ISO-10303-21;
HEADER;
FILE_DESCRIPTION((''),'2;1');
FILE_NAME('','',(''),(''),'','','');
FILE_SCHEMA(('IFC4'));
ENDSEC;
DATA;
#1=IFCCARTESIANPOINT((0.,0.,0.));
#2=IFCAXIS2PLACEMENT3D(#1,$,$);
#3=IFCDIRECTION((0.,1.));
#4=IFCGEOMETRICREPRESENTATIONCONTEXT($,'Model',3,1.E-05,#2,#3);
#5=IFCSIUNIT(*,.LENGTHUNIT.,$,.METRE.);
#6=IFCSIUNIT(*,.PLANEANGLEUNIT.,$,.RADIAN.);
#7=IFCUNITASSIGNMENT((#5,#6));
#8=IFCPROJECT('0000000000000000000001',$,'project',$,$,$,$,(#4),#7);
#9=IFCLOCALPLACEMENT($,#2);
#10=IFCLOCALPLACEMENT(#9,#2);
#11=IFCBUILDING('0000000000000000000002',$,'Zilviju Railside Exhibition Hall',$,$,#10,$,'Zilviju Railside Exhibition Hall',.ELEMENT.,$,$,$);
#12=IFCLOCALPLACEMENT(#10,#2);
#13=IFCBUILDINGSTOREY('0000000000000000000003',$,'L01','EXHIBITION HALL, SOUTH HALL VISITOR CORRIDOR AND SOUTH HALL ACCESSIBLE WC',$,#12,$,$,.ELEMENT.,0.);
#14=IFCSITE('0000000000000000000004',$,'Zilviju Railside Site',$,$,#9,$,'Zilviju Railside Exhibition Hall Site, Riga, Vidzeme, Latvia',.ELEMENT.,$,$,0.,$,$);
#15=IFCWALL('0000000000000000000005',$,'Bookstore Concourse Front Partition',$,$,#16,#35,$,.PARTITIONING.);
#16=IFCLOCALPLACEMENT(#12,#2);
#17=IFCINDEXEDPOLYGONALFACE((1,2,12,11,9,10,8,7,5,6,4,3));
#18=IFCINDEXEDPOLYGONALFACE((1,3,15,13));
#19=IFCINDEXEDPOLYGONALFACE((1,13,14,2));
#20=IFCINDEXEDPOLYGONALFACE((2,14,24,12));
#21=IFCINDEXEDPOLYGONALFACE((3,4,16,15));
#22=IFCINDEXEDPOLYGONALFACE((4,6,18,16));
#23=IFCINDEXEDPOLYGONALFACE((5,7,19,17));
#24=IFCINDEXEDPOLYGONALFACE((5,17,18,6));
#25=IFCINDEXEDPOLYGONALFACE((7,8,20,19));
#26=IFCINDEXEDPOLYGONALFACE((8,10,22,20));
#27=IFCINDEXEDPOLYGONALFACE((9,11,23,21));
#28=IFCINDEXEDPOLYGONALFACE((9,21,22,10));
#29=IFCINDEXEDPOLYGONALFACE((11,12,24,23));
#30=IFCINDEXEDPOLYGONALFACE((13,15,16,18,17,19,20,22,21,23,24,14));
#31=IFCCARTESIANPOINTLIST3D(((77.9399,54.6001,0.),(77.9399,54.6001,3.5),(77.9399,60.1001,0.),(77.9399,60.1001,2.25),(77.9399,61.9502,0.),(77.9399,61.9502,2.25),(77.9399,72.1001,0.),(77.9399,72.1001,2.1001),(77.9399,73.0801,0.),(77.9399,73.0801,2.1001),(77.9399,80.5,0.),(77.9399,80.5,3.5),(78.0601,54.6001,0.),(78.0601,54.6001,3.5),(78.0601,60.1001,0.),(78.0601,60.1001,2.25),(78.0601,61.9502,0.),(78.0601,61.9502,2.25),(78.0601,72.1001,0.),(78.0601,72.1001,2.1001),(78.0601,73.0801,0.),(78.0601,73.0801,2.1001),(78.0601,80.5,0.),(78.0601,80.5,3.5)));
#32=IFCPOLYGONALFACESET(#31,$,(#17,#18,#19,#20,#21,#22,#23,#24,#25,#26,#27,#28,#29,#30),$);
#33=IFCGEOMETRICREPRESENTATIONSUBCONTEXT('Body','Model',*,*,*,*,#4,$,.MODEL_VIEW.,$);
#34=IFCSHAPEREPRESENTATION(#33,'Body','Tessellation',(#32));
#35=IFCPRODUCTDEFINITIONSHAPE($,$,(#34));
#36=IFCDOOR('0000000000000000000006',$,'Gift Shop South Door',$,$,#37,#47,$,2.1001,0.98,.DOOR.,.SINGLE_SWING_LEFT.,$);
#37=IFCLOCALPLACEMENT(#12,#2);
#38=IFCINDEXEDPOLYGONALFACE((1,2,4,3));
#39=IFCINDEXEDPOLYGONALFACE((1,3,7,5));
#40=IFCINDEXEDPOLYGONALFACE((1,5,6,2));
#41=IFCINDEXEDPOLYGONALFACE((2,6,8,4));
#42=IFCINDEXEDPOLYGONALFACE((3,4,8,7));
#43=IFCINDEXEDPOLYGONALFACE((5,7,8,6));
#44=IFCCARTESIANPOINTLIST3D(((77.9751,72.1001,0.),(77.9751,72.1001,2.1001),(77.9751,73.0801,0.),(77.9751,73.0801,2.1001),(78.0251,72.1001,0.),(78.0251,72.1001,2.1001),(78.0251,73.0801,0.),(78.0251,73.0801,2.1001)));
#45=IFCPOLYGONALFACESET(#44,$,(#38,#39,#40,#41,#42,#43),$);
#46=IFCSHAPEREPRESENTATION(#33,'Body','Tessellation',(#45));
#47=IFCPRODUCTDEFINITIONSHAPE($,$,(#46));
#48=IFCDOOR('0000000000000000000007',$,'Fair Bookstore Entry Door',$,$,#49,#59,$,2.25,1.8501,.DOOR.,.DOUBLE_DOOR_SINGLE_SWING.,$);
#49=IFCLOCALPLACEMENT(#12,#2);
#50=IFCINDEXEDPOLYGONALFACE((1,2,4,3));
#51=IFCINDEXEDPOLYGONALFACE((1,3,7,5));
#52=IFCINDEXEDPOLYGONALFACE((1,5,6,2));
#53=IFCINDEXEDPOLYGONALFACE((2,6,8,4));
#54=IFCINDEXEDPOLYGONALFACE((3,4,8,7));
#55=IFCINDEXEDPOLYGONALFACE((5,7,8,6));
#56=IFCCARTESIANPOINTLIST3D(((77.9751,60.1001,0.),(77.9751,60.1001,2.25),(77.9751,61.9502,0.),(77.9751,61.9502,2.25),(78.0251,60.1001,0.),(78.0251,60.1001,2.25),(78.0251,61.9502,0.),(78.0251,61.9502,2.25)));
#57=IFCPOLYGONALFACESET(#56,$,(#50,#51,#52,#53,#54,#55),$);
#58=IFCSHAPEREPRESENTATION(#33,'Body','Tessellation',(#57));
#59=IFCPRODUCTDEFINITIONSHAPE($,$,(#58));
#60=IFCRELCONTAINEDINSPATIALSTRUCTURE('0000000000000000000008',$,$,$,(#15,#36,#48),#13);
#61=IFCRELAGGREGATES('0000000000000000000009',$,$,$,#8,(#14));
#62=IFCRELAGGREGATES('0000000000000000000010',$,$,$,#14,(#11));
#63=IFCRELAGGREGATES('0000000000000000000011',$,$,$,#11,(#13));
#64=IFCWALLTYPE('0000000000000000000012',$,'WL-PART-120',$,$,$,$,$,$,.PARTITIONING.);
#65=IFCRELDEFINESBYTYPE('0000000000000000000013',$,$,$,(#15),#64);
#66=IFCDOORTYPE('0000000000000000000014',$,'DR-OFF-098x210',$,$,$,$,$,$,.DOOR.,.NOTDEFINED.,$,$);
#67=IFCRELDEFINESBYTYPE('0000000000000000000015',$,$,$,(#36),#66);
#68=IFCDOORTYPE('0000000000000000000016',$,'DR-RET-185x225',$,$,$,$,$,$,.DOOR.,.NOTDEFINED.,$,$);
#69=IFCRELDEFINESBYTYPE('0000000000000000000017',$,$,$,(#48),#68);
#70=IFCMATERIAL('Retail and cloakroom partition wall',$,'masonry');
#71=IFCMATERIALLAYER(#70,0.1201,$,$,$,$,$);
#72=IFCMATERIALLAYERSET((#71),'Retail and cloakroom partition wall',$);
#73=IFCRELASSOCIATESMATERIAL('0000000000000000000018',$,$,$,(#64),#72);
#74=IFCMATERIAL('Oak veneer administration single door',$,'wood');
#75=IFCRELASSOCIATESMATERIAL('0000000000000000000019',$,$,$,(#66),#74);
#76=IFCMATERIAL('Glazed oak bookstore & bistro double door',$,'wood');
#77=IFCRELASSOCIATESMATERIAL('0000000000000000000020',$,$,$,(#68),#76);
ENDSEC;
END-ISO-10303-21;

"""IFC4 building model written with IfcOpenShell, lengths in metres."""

from ifc_helpers import new_model, si_unit, direction, frame, frame_2d, origin, place, context, subcontext, project, spatial, rectangle, extrude, material, layer, layer_set, type_object, element, fill, save


model = new_model("IFC4")

# Units and contexts
model_context = context("Model", 3, precision=1e-05, world=origin(), true_north=direction((0.0, 1.0)))
body_context = subcontext(model_context, "Body", "Model", "MODEL_VIEW")
ifc_project = project(units=[si_unit("LENGTHUNIT", "METRE"), si_unit("PLANEANGLEUNIT", "RADIAN")], contexts=[model_context])

# Site, building, storey
site_placement = place(None, origin())
site = spatial("IfcSite", under=ifc_project, at=site_placement, Name="Zilviju Railside Site", LongName="Zilviju Railside Exhibition Hall Site, Riga, Vidzeme, Latvia", CompositionType="ELEMENT", RefElevation=0.0)
building_placement = place(site_placement, origin())
building = spatial("IfcBuilding", under=site, at=building_placement, Name="Zilviju Railside Exhibition Hall", LongName="Zilviju Railside Exhibition Hall", CompositionType="ELEMENT")
storey_placement = place(building_placement, origin())
storey = spatial("IfcBuildingStorey", under=building, at=storey_placement, Name="L01", Description="EXHIBITION HALL, SOUTH HALL VISITOR CORRIDOR AND SOUTH HALL ACCESSIBLE WC", CompositionType="ELEMENT", Elevation=0.0)

# Wall, openings, doors
ifc_material_1 = material(Name="Retail and cloakroom partition wall", Category="masonry")
ifc_layer = layer(ifc_material_1, 0.1201)
ifc_layer_set = layer_set([ifc_layer], Name="Retail and cloakroom partition wall")
wall_type = type_object("IfcWallType", Name="WL-PART-120", PredefinedType="PARTITIONING", material=ifc_layer_set)
wall_placement = place(storey_placement, frame((78.0, 54.6001, 0.0), z_axis=(0.0, 0.0, 1.0), x_axis=(0.0, 1.0, 0.0)))
wall = element("IfcWall", 1, at=wall_placement, inside=storey, type_object=wall_type, Name="Bookstore Concourse Front Partition", PredefinedType="PARTITIONING", context=body_context, shape_type="SweptSolid", body=[
    extrude(rectangle(XDim=25.8999, YDim=0.1201, at=frame_2d((12.95, 0.0))), origin(), (0.0, 0.0, 1.0), 3.5),
])
opening_1_placement = place(wall_placement, frame((5.5, 0.0, 0.0)))
opening_1 = element("IfcOpeningElement", 2, at=opening_1_placement, cuts=wall, PredefinedType="OPENING", context=body_context, shape_type="SweptSolid", body=[
    extrude(rectangle(XDim=1.8501, YDim=2.25, at=frame_2d((0.925, 1.125))), frame((0.0, 0.0701, 0.0), z_axis=(0.0, -1.0, 0.0), x_axis=(1.0, 0.0, 0.0)), (0.0, 0.0, 1.0), 0.1401),
])
opening_2_placement = place(wall_placement, frame((17.5, 0.0, 0.0)))
opening_2 = element("IfcOpeningElement", 3, at=opening_2_placement, cuts=wall, PredefinedType="OPENING", context=body_context, shape_type="SweptSolid", body=[
    extrude(rectangle(XDim=0.98, YDim=2.1001, at=frame_2d((0.49, 1.05))), frame((0.0, 0.0701, 0.0), z_axis=(0.0, -1.0, 0.0), x_axis=(1.0, 0.0, 0.0)), (0.0, 0.0, 1.0), 0.1401),
])
ifc_material_2 = material(Name="Oak veneer administration single door", Category="wood")
door_type_1 = type_object("IfcDoorType", Name="DR-OFF-098x210", OperationType="NOTDEFINED", PredefinedType="DOOR", material=ifc_material_2)
door_1_placement = place(opening_2_placement, origin())
door_1 = element("IfcDoor", 4, at=door_1_placement, inside=storey, type_object=door_type_1, Name="Gift Shop South Door", OperationType="SINGLE_SWING_LEFT", OverallHeight=2.1001, OverallWidth=0.98, PredefinedType="DOOR", context=body_context, shape_type="SweptSolid", body=[
    extrude(rectangle(XDim=0.98, YDim=2.1001, at=frame_2d((0.49, 1.05))), frame((0.0, 0.0249, 0.0), z_axis=(0.0, -1.0, 0.0), x_axis=(1.0, 0.0, 0.0)), (0.0, 0.0, 1.0), 0.05),
])
fill(opening_2, door_1)
ifc_material_3 = material(Name="Glazed oak bookstore & bistro double door", Category="wood")
door_type_2 = type_object("IfcDoorType", Name="DR-RET-185x225", OperationType="NOTDEFINED", PredefinedType="DOOR", material=ifc_material_3)
door_2_placement = place(opening_1_placement, origin())
door_2 = element("IfcDoor", 5, at=door_2_placement, inside=storey, type_object=door_type_2, Name="Fair Bookstore Entry Door", OperationType="DOUBLE_DOOR_SINGLE_SWING", OverallHeight=2.25, OverallWidth=1.8501, PredefinedType="DOOR", context=body_context, shape_type="SweptSolid", body=[
    extrude(rectangle(XDim=1.8501, YDim=2.25, at=frame_2d((0.925, 1.125))), frame((0.0, 0.0249, 0.0), z_axis=(0.0, -1.0, 0.0), x_axis=(1.0, 0.0, 0.0)), (0.0, 0.0, 1.0), 0.05),
])
fill(opening_1, door_2)

save(model, "model.ifc")
